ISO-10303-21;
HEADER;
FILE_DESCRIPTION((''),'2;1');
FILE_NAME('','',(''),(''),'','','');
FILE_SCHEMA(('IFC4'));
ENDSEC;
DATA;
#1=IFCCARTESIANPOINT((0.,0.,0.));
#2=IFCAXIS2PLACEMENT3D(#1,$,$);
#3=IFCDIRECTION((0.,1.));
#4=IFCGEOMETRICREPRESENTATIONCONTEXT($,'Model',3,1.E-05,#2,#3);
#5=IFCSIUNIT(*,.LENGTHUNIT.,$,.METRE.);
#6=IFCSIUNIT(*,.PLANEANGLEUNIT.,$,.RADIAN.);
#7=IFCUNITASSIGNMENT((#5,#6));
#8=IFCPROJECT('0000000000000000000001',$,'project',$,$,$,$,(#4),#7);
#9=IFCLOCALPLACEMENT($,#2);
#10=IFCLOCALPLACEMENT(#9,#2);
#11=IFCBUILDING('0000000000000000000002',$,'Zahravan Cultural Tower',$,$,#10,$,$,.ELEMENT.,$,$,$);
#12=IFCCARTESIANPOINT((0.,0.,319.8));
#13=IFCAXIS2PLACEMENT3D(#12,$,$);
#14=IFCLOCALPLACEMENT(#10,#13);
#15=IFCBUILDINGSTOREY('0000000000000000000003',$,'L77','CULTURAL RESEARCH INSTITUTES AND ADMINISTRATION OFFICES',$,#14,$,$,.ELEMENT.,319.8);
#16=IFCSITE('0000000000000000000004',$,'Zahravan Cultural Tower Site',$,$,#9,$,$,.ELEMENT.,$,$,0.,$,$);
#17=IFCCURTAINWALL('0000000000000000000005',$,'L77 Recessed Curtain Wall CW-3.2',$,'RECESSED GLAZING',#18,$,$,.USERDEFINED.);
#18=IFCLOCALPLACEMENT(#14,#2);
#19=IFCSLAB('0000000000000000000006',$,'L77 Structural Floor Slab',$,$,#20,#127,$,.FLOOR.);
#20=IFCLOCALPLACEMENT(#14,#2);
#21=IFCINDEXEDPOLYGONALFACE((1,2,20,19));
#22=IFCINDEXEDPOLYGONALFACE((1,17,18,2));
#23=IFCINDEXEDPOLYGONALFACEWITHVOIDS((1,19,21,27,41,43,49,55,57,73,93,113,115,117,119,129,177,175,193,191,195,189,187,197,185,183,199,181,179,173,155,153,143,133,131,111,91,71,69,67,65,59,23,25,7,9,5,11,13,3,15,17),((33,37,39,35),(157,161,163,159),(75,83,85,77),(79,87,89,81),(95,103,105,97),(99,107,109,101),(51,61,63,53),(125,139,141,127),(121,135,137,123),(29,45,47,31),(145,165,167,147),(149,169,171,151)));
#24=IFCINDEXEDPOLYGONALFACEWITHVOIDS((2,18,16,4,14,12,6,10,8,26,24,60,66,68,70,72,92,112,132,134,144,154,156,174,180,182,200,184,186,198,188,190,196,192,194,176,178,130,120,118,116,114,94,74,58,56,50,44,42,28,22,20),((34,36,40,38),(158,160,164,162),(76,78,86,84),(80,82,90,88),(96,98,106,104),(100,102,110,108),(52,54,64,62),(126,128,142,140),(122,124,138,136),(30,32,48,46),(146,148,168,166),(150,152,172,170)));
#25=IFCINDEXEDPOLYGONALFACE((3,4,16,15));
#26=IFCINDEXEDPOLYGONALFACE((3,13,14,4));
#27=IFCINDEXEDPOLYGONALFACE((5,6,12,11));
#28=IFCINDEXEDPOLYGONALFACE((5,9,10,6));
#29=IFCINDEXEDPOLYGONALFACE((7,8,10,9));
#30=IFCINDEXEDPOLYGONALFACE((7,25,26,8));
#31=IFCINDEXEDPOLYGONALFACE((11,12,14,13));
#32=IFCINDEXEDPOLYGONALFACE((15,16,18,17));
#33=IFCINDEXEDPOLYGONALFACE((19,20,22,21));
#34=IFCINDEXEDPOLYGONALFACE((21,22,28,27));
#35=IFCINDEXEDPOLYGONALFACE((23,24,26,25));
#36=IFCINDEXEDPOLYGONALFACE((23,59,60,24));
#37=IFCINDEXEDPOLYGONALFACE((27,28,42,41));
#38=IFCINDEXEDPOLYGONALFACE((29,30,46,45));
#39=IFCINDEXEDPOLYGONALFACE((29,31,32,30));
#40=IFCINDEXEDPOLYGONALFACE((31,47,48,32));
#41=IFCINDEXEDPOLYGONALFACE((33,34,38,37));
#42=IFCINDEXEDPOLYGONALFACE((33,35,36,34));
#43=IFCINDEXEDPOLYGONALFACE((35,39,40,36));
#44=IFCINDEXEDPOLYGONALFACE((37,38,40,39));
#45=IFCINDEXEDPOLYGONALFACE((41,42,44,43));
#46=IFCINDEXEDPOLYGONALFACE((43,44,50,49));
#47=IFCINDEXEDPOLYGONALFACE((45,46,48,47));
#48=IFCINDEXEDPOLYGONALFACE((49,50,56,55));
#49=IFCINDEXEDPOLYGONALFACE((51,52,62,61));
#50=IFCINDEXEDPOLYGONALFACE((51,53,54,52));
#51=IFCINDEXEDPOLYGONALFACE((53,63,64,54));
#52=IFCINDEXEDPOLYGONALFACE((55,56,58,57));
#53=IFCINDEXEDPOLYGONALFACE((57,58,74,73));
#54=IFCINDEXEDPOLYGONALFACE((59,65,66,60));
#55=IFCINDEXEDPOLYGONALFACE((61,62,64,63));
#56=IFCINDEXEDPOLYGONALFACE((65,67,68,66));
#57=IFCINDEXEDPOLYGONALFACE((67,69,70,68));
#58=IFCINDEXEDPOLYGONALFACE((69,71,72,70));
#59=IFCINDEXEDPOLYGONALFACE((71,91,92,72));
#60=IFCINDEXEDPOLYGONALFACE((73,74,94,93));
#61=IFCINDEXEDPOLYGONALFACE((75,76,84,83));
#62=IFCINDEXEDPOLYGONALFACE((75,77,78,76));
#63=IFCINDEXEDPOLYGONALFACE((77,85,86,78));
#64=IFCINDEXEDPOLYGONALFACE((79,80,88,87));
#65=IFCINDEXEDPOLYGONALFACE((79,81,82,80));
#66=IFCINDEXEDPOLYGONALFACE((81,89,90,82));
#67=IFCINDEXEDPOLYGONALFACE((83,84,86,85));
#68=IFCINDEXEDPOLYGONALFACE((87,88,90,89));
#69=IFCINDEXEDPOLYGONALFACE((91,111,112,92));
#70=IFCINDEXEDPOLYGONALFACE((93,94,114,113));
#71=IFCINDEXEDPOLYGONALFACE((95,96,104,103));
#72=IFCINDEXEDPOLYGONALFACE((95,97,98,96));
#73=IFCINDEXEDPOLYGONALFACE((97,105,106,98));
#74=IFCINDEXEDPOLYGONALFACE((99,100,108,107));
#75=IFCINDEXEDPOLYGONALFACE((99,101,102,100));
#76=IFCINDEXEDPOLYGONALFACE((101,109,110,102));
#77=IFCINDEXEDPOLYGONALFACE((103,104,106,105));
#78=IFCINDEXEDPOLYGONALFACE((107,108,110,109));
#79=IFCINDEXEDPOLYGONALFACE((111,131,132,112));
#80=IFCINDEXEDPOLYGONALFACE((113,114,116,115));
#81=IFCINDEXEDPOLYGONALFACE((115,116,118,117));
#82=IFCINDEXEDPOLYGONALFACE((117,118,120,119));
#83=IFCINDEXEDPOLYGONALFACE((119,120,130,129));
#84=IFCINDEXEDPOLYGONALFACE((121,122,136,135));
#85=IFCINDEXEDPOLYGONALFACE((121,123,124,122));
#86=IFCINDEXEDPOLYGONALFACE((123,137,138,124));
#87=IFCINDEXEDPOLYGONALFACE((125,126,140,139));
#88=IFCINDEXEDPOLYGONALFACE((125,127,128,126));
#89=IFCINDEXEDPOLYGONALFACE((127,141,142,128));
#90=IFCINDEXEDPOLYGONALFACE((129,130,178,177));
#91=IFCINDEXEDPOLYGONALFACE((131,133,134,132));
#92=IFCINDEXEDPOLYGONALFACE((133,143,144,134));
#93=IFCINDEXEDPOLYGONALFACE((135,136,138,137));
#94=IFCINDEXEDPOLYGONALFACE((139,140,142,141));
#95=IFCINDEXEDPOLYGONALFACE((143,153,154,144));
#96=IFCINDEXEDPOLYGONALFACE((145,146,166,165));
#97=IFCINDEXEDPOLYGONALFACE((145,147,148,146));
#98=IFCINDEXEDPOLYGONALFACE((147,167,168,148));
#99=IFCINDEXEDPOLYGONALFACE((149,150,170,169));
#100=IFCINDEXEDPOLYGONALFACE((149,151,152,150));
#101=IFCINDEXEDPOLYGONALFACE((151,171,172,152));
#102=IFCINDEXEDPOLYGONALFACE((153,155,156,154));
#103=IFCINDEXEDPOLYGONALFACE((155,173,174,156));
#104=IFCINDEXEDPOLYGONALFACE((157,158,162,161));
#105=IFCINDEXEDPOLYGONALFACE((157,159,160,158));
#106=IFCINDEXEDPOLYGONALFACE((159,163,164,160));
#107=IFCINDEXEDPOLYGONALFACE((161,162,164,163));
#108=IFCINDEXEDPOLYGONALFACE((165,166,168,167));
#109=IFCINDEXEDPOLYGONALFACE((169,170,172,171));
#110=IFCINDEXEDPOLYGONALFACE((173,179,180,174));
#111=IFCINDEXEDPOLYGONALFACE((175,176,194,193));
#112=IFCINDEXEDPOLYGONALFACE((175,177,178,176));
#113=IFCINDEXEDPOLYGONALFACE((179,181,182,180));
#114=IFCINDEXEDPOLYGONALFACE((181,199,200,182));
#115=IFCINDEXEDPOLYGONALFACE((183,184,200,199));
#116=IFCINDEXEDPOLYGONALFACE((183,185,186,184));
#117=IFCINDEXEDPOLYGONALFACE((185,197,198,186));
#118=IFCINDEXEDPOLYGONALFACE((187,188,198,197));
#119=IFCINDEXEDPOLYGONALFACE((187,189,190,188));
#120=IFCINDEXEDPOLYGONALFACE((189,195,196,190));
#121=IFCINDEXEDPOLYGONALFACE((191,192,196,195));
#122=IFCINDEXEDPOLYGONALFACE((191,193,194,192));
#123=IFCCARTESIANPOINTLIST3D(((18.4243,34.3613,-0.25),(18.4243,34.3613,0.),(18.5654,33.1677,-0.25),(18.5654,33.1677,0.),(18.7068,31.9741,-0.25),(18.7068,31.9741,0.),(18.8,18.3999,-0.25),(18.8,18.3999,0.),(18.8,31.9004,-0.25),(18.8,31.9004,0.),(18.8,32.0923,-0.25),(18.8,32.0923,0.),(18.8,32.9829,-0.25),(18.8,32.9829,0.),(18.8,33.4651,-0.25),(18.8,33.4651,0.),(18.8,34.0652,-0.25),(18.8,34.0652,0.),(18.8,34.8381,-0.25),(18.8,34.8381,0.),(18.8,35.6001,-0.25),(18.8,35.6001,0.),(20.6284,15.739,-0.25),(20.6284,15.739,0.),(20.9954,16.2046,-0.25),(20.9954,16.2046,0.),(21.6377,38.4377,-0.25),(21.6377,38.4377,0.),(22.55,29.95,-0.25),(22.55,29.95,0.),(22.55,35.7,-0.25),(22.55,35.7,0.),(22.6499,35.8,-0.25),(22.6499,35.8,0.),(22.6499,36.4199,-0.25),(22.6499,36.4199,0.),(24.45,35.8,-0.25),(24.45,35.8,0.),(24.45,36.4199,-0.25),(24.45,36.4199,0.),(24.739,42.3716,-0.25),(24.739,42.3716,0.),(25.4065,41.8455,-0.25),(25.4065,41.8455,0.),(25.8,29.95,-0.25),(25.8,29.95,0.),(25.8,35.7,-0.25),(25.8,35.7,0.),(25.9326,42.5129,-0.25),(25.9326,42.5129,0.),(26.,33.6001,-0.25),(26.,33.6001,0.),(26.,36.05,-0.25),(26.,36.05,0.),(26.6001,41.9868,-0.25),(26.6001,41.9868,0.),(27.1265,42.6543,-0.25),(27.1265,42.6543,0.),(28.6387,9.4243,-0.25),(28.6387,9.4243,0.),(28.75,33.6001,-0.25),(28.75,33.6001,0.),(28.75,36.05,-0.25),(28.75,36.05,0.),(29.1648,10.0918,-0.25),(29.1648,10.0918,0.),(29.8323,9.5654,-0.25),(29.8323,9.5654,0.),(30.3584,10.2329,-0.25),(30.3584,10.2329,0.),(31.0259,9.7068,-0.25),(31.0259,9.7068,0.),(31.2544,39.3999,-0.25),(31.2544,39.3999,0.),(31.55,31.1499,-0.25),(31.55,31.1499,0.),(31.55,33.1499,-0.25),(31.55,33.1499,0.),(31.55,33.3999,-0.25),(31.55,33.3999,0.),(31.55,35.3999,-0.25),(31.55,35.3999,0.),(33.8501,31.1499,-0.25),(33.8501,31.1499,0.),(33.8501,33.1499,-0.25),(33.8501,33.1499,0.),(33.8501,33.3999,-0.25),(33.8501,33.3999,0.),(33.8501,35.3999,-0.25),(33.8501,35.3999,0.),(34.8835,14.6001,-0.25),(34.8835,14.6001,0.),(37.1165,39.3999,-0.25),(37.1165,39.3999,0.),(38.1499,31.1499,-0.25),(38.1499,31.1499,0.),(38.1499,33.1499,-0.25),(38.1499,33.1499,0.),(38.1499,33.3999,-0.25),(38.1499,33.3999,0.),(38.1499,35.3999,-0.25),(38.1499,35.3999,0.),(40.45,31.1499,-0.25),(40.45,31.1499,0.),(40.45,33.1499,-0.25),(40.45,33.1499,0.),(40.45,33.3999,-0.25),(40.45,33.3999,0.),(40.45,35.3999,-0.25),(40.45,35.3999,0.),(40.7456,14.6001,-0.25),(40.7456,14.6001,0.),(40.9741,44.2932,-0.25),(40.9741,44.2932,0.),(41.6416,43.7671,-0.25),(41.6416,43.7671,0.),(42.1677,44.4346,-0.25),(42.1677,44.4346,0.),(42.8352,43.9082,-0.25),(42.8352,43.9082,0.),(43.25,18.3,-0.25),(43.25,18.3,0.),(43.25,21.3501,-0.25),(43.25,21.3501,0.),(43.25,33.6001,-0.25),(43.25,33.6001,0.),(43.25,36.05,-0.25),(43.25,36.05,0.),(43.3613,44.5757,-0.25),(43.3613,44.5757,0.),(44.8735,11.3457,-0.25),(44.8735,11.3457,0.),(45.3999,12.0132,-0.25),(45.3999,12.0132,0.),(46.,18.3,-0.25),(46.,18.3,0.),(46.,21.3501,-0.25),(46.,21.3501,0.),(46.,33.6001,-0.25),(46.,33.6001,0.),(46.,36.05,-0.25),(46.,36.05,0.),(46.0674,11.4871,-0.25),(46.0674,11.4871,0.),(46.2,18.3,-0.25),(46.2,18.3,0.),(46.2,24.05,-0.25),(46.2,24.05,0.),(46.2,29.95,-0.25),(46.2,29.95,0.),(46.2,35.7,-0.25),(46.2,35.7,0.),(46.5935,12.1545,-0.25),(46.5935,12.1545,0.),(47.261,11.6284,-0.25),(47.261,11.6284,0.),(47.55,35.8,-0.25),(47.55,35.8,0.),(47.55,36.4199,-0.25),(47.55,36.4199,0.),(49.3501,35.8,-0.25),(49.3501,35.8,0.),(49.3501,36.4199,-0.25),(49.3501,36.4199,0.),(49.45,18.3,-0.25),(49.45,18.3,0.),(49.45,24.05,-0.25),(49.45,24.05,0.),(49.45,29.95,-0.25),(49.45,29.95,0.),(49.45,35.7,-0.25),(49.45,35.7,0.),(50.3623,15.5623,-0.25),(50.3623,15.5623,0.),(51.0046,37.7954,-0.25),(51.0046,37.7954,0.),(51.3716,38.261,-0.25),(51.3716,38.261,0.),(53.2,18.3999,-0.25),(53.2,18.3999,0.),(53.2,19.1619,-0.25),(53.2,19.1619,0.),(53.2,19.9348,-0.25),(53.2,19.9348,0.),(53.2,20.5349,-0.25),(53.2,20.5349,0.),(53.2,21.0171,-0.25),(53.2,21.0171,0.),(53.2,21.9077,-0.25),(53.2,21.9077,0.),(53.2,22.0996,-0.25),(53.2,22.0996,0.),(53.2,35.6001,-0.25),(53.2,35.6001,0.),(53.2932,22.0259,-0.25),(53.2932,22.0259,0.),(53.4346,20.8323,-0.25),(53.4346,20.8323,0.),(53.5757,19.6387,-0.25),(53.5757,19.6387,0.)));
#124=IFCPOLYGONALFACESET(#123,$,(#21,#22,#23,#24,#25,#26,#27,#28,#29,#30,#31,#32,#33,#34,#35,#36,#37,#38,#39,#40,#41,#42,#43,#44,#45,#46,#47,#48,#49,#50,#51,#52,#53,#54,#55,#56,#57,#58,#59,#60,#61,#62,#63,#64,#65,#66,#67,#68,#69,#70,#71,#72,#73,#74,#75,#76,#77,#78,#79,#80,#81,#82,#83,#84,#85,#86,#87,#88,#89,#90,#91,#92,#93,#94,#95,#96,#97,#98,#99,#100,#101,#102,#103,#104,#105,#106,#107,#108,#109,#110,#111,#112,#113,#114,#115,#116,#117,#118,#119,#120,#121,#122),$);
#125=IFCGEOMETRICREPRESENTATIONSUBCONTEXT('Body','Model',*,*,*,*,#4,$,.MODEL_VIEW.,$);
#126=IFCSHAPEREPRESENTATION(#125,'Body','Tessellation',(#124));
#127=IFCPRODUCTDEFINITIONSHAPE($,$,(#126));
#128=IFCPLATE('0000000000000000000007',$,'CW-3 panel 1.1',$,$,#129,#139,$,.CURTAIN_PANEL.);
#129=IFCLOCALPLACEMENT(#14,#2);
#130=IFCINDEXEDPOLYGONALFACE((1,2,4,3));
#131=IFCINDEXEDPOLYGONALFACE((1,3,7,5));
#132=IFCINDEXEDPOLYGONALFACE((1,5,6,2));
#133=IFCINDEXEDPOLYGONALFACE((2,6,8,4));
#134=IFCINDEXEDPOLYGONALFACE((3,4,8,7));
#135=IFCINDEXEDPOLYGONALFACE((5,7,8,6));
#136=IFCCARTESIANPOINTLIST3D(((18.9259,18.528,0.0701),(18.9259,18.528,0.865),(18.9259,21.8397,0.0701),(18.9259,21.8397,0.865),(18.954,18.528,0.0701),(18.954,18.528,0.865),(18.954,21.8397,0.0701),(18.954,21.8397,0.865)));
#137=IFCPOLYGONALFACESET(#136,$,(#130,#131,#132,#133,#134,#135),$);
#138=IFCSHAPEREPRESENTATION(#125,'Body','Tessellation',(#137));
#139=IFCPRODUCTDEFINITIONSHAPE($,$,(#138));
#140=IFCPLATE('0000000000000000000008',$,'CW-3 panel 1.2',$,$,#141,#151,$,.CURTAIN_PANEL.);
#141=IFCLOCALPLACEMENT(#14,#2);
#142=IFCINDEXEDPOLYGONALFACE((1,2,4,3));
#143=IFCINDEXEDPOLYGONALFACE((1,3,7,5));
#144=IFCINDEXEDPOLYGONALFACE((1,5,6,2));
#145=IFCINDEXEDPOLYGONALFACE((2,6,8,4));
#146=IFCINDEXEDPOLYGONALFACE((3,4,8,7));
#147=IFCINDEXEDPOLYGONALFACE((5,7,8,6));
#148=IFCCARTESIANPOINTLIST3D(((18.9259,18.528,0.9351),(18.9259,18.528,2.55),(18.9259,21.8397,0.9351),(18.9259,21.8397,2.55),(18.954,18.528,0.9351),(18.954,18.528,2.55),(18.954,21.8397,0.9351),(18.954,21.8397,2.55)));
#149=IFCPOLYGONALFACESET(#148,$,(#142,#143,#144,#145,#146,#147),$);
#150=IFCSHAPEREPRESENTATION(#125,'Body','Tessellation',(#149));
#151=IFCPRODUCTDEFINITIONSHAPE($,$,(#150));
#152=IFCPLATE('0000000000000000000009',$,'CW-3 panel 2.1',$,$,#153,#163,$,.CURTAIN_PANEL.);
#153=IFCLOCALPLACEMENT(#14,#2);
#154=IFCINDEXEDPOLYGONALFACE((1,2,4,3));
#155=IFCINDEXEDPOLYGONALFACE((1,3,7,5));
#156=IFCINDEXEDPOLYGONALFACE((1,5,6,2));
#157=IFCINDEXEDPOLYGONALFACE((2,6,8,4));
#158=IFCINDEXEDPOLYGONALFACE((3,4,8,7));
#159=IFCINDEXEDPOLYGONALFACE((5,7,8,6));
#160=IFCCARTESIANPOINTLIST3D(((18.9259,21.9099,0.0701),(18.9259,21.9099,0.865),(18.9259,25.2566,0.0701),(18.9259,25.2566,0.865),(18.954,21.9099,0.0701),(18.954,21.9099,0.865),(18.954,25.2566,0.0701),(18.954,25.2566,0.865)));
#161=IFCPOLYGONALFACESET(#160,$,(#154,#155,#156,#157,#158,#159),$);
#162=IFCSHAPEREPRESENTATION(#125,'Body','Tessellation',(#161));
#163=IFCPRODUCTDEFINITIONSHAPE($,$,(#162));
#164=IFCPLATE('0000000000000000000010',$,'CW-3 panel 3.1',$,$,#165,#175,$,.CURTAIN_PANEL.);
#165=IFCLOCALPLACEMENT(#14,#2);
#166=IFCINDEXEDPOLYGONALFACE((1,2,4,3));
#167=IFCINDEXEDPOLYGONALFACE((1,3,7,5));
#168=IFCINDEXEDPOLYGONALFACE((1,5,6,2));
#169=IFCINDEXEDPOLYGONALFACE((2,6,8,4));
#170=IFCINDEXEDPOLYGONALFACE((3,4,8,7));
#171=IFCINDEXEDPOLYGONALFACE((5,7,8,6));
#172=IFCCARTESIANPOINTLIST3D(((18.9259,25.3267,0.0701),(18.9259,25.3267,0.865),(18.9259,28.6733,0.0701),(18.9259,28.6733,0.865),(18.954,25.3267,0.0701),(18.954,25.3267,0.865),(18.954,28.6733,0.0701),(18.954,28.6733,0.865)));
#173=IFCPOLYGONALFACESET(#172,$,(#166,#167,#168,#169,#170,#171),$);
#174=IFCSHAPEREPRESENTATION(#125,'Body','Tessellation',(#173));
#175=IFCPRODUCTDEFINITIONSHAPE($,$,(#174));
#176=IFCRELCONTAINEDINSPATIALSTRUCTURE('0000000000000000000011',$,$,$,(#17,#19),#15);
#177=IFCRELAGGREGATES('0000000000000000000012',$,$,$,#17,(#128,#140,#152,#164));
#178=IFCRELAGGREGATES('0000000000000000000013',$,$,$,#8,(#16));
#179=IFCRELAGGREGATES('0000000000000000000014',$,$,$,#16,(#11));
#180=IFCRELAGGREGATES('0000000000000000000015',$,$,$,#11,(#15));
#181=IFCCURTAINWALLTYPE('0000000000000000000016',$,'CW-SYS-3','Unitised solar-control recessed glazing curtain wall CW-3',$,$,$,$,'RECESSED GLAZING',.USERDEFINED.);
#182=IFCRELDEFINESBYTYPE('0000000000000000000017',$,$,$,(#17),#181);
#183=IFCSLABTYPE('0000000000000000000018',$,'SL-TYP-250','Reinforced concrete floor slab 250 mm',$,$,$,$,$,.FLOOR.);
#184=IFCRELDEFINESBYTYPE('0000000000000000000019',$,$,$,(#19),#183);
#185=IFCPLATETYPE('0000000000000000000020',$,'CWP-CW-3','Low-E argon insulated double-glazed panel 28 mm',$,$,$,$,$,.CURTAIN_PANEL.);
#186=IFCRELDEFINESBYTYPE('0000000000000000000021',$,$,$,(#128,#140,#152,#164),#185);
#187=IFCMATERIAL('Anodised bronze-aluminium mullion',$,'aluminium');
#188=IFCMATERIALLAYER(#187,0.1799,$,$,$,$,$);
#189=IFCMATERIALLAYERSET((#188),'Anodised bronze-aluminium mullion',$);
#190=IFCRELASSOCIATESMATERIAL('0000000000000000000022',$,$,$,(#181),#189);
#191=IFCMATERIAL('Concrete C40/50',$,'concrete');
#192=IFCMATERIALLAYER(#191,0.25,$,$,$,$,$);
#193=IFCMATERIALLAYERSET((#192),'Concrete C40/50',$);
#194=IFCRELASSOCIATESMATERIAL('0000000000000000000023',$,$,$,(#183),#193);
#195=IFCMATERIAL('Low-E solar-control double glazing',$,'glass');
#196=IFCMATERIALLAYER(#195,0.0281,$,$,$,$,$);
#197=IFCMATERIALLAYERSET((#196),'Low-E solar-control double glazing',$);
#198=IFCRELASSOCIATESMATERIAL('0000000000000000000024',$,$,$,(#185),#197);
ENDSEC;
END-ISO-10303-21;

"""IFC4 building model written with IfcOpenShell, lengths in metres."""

from ifc_helpers import new_model, si_unit, direction, frame, origin, origin_2d, place, context, subcontext, project, spatial, polyline, rectangle, outline, extrude, source, transform, mapped, material, layer, layer_set, type_object, element, aggregate, save


model = new_model("IFC4")

# Units and contexts
model_context = context("Model", 3, precision=1e-05, world=origin(), true_north=direction((0.0, 1.0)))
body_context = subcontext(model_context, "Body", "Model", "MODEL_VIEW")
ifc_project = project(units=[si_unit("LENGTHUNIT", "METRE"), si_unit("PLANEANGLEUNIT", "RADIAN")], contexts=[model_context])

# Site, building, storey
site_placement = place(None, origin())
site = spatial("IfcSite", under=ifc_project, at=site_placement, Name="Zahravan Cultural Tower Site", CompositionType="ELEMENT", RefElevation=0.0)
building_placement = place(site_placement, origin())
building = spatial("IfcBuilding", under=site, at=building_placement, Name="Zahravan Cultural Tower", CompositionType="ELEMENT")
storey_placement = place(building_placement, frame((0.0, 0.0, 319.8)))
storey = spatial("IfcBuildingStorey", under=building, at=storey_placement, Name="L77", Description="CULTURAL RESEARCH INSTITUTES AND ADMINISTRATION OFFICES", CompositionType="ELEMENT", Elevation=319.8)

# Curtain wall
ifc_material_1 = material(Name="Anodised bronze-aluminium mullion", Category="aluminium")
ifc_layer_1 = layer(ifc_material_1, 0.1799)
ifc_layer_set_1 = layer_set([ifc_layer_1], Name="Anodised bronze-aluminium mullion")
curtain_wall_type = type_object("IfcCurtainWallType", Name="CW-SYS-3", Description="Unitised solar-control recessed glazing curtain wall CW-3", ElementType="RECESSED GLAZING", PredefinedType="USERDEFINED", material=ifc_layer_set_1)
curtain_wall_placement = place(storey_placement, origin())
curtain_wall = element("IfcCurtainWall", 1, at=curtain_wall_placement, inside=storey, type_object=curtain_wall_type, Name="L77 Recessed Curtain Wall CW-3.2", ObjectType="RECESSED GLAZING", PredefinedType="USERDEFINED")

# Slab
ifc_material_2 = material(Name="Concrete C40/50", Category="concrete")
ifc_layer_2 = layer(ifc_material_2, 0.25)
ifc_layer_set_2 = layer_set([ifc_layer_2], Name="Concrete C40/50")
slab_type_1 = type_object("IfcSlabType", Name="SL-TYP-250", Description="Reinforced concrete floor slab 250 mm", PredefinedType="FLOOR", material=ifc_layer_set_2)
slab_1_placement = place(storey_placement, frame((0.0, 0.0, -0.25)))
element("IfcSlab", 2, at=slab_1_placement, inside=storey, type_object=slab_type_1, Name="L77 Structural Floor Slab", PredefinedType="FLOOR", context=body_context, shape_type="SweptSolid", body=[
    extrude(outline(polyline([(37.1165, 39.3999), (31.2544, 39.3999), (27.1265, 42.6543), (26.6001, 41.9868), (25.9326, 42.5129), (25.4065, 41.8455), (24.739, 42.3716), (21.6377, 38.4377), (18.8, 35.6001), (18.8, 34.8381), (18.4243, 34.3613), (18.8, 34.0652), (18.8, 33.4651), (18.5654, 33.1677), (18.8, 32.9829), (18.8, 32.0923), (18.7068, 31.9741), (18.8, 31.9004), (18.8, 18.3999), (20.9954, 16.2046), (20.6284, 15.739), (28.6387, 9.4243), (29.1648, 10.0918), (29.8323, 9.5654), (30.3584, 10.2329), (31.0259, 9.7068), (34.8835, 14.6001), (40.7456, 14.6001), (44.8735, 11.3457), (45.3999, 12.0132), (46.0674, 11.4871), (46.5935, 12.1545), (47.261, 11.6284), (50.3623, 15.5623), (53.2, 18.3999), (53.2, 19.1619), (53.5757, 19.6387), (53.2, 19.9348), (53.2, 20.5349), (53.4346, 20.8323), (53.2, 21.0171), (53.2, 21.9077), (53.2932, 22.0259), (53.2, 22.0996), (53.2, 35.6001), (51.0046, 37.7954), (51.3716, 38.261), (43.3613, 44.5757), (42.8352, 43.9082), (42.1677, 44.4346), (41.6416, 43.7671), (40.9741, 44.2932), (37.1165, 39.3999)]), holes=[polyline([(22.55, 29.95), (22.55, 35.7), (25.8, 35.7), (25.8, 29.95), (22.55, 29.95)]), polyline([(46.2, 29.95), (46.2, 35.7), (49.45, 35.7), (49.45, 29.95), (46.2, 29.95)]), polyline([(46.2, 18.3), (46.2, 24.05), (49.45, 24.05), (49.45, 18.3), (46.2, 18.3)]), polyline([(26.0, 33.6001), (26.0, 36.05), (28.75, 36.05), (28.75, 33.6001), (26.0, 33.6001)]), polyline([(43.25, 33.6001), (43.25, 36.05), (46.0, 36.05), (46.0, 33.6001), (43.25, 33.6001)]), polyline([(43.25, 18.3), (43.25, 21.3501), (46.0, 21.3501), (46.0, 18.3), (43.25, 18.3)]), polyline([(31.55, 33.3999), (31.55, 35.3999), (33.8501, 35.3999), (33.8501, 33.3999), (31.55, 33.3999)]), polyline([(31.55, 31.1499), (31.55, 33.1499), (33.8501, 33.1499), (33.8501, 31.1499), (31.55, 31.1499)]), polyline([(38.1499, 33.3999), (38.1499, 35.3999), (40.45, 35.3999), (40.45, 33.3999), (38.1499, 33.3999)]), polyline([(38.1499, 31.1499), (38.1499, 33.1499), (40.45, 33.1499), (40.45, 31.1499), (38.1499, 31.1499)]), polyline([(22.6499, 35.8), (22.6499, 36.4199), (24.45, 36.4199), (24.45, 35.8), (22.6499, 35.8)]), polyline([(47.55, 35.8), (47.55, 36.4199), (49.3501, 36.4199), (49.3501, 35.8), (47.55, 35.8)])]), origin(), (0.0, 0.0, 1.0), 0.25),
])

# Plates
ifc_material_3 = material(Name="Low-E solar-control double glazing", Category="glass")
ifc_layer_3 = layer(ifc_material_3, 0.0281)
ifc_layer_set_3 = layer_set([ifc_layer_3], Name="Low-E solar-control double glazing")
plate_type = type_object("IfcPlateType", Name="CWP-CW-3", Description="Low-E argon insulated double-glazed panel 28 mm", PredefinedType="CURTAIN_PANEL", material=ifc_layer_set_3)
shared_shape_1 = source(origin(), body_context, "Body", "SweptSolid", [
    extrude(rectangle(XDim=3.3118, YDim=0.0281, at=origin_2d()), origin(), (0.0, 0.0, 1.0), 0.7949),
])
plate_1_placement = place(storey_placement, frame((18.9399, 20.1838, 0.0701), z_axis=(0.0, 0.0, 1.0), x_axis=(0.0, 1.0, 0.0)))
plate_1 = element("IfcPlate", 3, at=plate_1_placement, type_object=plate_type, Name="CW-3 panel 1.1", PredefinedType="CURTAIN_PANEL", context=body_context, shape_type="MappedRepresentation", body=[
    mapped(shared_shape_1, transform((0.0, 0.0, 0.0), x_axis=(1.0, 0.0, 0.0), y_axis=(0.0, 1.0, 0.0), z_axis=(0.0, 0.0, 1.0), scale=1.0)),
])
shared_shape_2 = source(origin(), body_context, "Body", "SweptSolid", [
    extrude(rectangle(XDim=3.3118, YDim=0.0281, at=origin_2d()), origin(), (0.0, 0.0, 1.0), 1.615),
])
plate_2_placement = place(storey_placement, frame((18.9399, 20.1838, 0.9351), z_axis=(0.0, 0.0, 1.0), x_axis=(0.0, 1.0, 0.0)))
plate_2 = element("IfcPlate", 4, at=plate_2_placement, type_object=plate_type, Name="CW-3 panel 1.2", PredefinedType="CURTAIN_PANEL", context=body_context, shape_type="MappedRepresentation", body=[
    mapped(shared_shape_2, transform((0.0, 0.0, 0.0), x_axis=(1.0, 0.0, 0.0), y_axis=(0.0, 1.0, 0.0), z_axis=(0.0, 0.0, 1.0), scale=1.0)),
])
shared_shape_3 = source(origin(), body_context, "Body", "SweptSolid", [
    extrude(rectangle(XDim=3.3467, YDim=0.0281, at=origin_2d()), origin(), (0.0, 0.0, 1.0), 0.7949),
])
plate_3_placement = place(storey_placement, frame((18.9399, 23.5833, 0.0701), z_axis=(0.0, 0.0, 1.0), x_axis=(0.0, 1.0, 0.0)))
plate_3 = element("IfcPlate", 5, at=plate_3_placement, type_object=plate_type, Name="CW-3 panel 2.1", PredefinedType="CURTAIN_PANEL", context=body_context, shape_type="MappedRepresentation", body=[
    mapped(shared_shape_3, transform((0.0, 0.0, 0.0), x_axis=(1.0, 0.0, 0.0), y_axis=(0.0, 1.0, 0.0), z_axis=(0.0, 0.0, 1.0), scale=1.0)),
])
plate_4_placement = place(storey_placement, frame((18.9399, 27.0, 0.0701), z_axis=(0.0, 0.0, 1.0), x_axis=(0.0, 1.0, 0.0)))
plate_4 = element("IfcPlate", 6, at=plate_4_placement, type_object=plate_type, Name="CW-3 panel 3.1", PredefinedType="CURTAIN_PANEL", context=body_context, shape_type="MappedRepresentation", body=[
    mapped(shared_shape_3, transform((0.0, 0.0, 0.0), x_axis=(1.0, 0.0, 0.0), y_axis=(0.0, 1.0, 0.0), z_axis=(0.0, 0.0, 1.0), scale=1.0)),
])
aggregate(curtain_wall, [plate_1, plate_2, plate_3, plate_4])

save(model, "model.ifc")
